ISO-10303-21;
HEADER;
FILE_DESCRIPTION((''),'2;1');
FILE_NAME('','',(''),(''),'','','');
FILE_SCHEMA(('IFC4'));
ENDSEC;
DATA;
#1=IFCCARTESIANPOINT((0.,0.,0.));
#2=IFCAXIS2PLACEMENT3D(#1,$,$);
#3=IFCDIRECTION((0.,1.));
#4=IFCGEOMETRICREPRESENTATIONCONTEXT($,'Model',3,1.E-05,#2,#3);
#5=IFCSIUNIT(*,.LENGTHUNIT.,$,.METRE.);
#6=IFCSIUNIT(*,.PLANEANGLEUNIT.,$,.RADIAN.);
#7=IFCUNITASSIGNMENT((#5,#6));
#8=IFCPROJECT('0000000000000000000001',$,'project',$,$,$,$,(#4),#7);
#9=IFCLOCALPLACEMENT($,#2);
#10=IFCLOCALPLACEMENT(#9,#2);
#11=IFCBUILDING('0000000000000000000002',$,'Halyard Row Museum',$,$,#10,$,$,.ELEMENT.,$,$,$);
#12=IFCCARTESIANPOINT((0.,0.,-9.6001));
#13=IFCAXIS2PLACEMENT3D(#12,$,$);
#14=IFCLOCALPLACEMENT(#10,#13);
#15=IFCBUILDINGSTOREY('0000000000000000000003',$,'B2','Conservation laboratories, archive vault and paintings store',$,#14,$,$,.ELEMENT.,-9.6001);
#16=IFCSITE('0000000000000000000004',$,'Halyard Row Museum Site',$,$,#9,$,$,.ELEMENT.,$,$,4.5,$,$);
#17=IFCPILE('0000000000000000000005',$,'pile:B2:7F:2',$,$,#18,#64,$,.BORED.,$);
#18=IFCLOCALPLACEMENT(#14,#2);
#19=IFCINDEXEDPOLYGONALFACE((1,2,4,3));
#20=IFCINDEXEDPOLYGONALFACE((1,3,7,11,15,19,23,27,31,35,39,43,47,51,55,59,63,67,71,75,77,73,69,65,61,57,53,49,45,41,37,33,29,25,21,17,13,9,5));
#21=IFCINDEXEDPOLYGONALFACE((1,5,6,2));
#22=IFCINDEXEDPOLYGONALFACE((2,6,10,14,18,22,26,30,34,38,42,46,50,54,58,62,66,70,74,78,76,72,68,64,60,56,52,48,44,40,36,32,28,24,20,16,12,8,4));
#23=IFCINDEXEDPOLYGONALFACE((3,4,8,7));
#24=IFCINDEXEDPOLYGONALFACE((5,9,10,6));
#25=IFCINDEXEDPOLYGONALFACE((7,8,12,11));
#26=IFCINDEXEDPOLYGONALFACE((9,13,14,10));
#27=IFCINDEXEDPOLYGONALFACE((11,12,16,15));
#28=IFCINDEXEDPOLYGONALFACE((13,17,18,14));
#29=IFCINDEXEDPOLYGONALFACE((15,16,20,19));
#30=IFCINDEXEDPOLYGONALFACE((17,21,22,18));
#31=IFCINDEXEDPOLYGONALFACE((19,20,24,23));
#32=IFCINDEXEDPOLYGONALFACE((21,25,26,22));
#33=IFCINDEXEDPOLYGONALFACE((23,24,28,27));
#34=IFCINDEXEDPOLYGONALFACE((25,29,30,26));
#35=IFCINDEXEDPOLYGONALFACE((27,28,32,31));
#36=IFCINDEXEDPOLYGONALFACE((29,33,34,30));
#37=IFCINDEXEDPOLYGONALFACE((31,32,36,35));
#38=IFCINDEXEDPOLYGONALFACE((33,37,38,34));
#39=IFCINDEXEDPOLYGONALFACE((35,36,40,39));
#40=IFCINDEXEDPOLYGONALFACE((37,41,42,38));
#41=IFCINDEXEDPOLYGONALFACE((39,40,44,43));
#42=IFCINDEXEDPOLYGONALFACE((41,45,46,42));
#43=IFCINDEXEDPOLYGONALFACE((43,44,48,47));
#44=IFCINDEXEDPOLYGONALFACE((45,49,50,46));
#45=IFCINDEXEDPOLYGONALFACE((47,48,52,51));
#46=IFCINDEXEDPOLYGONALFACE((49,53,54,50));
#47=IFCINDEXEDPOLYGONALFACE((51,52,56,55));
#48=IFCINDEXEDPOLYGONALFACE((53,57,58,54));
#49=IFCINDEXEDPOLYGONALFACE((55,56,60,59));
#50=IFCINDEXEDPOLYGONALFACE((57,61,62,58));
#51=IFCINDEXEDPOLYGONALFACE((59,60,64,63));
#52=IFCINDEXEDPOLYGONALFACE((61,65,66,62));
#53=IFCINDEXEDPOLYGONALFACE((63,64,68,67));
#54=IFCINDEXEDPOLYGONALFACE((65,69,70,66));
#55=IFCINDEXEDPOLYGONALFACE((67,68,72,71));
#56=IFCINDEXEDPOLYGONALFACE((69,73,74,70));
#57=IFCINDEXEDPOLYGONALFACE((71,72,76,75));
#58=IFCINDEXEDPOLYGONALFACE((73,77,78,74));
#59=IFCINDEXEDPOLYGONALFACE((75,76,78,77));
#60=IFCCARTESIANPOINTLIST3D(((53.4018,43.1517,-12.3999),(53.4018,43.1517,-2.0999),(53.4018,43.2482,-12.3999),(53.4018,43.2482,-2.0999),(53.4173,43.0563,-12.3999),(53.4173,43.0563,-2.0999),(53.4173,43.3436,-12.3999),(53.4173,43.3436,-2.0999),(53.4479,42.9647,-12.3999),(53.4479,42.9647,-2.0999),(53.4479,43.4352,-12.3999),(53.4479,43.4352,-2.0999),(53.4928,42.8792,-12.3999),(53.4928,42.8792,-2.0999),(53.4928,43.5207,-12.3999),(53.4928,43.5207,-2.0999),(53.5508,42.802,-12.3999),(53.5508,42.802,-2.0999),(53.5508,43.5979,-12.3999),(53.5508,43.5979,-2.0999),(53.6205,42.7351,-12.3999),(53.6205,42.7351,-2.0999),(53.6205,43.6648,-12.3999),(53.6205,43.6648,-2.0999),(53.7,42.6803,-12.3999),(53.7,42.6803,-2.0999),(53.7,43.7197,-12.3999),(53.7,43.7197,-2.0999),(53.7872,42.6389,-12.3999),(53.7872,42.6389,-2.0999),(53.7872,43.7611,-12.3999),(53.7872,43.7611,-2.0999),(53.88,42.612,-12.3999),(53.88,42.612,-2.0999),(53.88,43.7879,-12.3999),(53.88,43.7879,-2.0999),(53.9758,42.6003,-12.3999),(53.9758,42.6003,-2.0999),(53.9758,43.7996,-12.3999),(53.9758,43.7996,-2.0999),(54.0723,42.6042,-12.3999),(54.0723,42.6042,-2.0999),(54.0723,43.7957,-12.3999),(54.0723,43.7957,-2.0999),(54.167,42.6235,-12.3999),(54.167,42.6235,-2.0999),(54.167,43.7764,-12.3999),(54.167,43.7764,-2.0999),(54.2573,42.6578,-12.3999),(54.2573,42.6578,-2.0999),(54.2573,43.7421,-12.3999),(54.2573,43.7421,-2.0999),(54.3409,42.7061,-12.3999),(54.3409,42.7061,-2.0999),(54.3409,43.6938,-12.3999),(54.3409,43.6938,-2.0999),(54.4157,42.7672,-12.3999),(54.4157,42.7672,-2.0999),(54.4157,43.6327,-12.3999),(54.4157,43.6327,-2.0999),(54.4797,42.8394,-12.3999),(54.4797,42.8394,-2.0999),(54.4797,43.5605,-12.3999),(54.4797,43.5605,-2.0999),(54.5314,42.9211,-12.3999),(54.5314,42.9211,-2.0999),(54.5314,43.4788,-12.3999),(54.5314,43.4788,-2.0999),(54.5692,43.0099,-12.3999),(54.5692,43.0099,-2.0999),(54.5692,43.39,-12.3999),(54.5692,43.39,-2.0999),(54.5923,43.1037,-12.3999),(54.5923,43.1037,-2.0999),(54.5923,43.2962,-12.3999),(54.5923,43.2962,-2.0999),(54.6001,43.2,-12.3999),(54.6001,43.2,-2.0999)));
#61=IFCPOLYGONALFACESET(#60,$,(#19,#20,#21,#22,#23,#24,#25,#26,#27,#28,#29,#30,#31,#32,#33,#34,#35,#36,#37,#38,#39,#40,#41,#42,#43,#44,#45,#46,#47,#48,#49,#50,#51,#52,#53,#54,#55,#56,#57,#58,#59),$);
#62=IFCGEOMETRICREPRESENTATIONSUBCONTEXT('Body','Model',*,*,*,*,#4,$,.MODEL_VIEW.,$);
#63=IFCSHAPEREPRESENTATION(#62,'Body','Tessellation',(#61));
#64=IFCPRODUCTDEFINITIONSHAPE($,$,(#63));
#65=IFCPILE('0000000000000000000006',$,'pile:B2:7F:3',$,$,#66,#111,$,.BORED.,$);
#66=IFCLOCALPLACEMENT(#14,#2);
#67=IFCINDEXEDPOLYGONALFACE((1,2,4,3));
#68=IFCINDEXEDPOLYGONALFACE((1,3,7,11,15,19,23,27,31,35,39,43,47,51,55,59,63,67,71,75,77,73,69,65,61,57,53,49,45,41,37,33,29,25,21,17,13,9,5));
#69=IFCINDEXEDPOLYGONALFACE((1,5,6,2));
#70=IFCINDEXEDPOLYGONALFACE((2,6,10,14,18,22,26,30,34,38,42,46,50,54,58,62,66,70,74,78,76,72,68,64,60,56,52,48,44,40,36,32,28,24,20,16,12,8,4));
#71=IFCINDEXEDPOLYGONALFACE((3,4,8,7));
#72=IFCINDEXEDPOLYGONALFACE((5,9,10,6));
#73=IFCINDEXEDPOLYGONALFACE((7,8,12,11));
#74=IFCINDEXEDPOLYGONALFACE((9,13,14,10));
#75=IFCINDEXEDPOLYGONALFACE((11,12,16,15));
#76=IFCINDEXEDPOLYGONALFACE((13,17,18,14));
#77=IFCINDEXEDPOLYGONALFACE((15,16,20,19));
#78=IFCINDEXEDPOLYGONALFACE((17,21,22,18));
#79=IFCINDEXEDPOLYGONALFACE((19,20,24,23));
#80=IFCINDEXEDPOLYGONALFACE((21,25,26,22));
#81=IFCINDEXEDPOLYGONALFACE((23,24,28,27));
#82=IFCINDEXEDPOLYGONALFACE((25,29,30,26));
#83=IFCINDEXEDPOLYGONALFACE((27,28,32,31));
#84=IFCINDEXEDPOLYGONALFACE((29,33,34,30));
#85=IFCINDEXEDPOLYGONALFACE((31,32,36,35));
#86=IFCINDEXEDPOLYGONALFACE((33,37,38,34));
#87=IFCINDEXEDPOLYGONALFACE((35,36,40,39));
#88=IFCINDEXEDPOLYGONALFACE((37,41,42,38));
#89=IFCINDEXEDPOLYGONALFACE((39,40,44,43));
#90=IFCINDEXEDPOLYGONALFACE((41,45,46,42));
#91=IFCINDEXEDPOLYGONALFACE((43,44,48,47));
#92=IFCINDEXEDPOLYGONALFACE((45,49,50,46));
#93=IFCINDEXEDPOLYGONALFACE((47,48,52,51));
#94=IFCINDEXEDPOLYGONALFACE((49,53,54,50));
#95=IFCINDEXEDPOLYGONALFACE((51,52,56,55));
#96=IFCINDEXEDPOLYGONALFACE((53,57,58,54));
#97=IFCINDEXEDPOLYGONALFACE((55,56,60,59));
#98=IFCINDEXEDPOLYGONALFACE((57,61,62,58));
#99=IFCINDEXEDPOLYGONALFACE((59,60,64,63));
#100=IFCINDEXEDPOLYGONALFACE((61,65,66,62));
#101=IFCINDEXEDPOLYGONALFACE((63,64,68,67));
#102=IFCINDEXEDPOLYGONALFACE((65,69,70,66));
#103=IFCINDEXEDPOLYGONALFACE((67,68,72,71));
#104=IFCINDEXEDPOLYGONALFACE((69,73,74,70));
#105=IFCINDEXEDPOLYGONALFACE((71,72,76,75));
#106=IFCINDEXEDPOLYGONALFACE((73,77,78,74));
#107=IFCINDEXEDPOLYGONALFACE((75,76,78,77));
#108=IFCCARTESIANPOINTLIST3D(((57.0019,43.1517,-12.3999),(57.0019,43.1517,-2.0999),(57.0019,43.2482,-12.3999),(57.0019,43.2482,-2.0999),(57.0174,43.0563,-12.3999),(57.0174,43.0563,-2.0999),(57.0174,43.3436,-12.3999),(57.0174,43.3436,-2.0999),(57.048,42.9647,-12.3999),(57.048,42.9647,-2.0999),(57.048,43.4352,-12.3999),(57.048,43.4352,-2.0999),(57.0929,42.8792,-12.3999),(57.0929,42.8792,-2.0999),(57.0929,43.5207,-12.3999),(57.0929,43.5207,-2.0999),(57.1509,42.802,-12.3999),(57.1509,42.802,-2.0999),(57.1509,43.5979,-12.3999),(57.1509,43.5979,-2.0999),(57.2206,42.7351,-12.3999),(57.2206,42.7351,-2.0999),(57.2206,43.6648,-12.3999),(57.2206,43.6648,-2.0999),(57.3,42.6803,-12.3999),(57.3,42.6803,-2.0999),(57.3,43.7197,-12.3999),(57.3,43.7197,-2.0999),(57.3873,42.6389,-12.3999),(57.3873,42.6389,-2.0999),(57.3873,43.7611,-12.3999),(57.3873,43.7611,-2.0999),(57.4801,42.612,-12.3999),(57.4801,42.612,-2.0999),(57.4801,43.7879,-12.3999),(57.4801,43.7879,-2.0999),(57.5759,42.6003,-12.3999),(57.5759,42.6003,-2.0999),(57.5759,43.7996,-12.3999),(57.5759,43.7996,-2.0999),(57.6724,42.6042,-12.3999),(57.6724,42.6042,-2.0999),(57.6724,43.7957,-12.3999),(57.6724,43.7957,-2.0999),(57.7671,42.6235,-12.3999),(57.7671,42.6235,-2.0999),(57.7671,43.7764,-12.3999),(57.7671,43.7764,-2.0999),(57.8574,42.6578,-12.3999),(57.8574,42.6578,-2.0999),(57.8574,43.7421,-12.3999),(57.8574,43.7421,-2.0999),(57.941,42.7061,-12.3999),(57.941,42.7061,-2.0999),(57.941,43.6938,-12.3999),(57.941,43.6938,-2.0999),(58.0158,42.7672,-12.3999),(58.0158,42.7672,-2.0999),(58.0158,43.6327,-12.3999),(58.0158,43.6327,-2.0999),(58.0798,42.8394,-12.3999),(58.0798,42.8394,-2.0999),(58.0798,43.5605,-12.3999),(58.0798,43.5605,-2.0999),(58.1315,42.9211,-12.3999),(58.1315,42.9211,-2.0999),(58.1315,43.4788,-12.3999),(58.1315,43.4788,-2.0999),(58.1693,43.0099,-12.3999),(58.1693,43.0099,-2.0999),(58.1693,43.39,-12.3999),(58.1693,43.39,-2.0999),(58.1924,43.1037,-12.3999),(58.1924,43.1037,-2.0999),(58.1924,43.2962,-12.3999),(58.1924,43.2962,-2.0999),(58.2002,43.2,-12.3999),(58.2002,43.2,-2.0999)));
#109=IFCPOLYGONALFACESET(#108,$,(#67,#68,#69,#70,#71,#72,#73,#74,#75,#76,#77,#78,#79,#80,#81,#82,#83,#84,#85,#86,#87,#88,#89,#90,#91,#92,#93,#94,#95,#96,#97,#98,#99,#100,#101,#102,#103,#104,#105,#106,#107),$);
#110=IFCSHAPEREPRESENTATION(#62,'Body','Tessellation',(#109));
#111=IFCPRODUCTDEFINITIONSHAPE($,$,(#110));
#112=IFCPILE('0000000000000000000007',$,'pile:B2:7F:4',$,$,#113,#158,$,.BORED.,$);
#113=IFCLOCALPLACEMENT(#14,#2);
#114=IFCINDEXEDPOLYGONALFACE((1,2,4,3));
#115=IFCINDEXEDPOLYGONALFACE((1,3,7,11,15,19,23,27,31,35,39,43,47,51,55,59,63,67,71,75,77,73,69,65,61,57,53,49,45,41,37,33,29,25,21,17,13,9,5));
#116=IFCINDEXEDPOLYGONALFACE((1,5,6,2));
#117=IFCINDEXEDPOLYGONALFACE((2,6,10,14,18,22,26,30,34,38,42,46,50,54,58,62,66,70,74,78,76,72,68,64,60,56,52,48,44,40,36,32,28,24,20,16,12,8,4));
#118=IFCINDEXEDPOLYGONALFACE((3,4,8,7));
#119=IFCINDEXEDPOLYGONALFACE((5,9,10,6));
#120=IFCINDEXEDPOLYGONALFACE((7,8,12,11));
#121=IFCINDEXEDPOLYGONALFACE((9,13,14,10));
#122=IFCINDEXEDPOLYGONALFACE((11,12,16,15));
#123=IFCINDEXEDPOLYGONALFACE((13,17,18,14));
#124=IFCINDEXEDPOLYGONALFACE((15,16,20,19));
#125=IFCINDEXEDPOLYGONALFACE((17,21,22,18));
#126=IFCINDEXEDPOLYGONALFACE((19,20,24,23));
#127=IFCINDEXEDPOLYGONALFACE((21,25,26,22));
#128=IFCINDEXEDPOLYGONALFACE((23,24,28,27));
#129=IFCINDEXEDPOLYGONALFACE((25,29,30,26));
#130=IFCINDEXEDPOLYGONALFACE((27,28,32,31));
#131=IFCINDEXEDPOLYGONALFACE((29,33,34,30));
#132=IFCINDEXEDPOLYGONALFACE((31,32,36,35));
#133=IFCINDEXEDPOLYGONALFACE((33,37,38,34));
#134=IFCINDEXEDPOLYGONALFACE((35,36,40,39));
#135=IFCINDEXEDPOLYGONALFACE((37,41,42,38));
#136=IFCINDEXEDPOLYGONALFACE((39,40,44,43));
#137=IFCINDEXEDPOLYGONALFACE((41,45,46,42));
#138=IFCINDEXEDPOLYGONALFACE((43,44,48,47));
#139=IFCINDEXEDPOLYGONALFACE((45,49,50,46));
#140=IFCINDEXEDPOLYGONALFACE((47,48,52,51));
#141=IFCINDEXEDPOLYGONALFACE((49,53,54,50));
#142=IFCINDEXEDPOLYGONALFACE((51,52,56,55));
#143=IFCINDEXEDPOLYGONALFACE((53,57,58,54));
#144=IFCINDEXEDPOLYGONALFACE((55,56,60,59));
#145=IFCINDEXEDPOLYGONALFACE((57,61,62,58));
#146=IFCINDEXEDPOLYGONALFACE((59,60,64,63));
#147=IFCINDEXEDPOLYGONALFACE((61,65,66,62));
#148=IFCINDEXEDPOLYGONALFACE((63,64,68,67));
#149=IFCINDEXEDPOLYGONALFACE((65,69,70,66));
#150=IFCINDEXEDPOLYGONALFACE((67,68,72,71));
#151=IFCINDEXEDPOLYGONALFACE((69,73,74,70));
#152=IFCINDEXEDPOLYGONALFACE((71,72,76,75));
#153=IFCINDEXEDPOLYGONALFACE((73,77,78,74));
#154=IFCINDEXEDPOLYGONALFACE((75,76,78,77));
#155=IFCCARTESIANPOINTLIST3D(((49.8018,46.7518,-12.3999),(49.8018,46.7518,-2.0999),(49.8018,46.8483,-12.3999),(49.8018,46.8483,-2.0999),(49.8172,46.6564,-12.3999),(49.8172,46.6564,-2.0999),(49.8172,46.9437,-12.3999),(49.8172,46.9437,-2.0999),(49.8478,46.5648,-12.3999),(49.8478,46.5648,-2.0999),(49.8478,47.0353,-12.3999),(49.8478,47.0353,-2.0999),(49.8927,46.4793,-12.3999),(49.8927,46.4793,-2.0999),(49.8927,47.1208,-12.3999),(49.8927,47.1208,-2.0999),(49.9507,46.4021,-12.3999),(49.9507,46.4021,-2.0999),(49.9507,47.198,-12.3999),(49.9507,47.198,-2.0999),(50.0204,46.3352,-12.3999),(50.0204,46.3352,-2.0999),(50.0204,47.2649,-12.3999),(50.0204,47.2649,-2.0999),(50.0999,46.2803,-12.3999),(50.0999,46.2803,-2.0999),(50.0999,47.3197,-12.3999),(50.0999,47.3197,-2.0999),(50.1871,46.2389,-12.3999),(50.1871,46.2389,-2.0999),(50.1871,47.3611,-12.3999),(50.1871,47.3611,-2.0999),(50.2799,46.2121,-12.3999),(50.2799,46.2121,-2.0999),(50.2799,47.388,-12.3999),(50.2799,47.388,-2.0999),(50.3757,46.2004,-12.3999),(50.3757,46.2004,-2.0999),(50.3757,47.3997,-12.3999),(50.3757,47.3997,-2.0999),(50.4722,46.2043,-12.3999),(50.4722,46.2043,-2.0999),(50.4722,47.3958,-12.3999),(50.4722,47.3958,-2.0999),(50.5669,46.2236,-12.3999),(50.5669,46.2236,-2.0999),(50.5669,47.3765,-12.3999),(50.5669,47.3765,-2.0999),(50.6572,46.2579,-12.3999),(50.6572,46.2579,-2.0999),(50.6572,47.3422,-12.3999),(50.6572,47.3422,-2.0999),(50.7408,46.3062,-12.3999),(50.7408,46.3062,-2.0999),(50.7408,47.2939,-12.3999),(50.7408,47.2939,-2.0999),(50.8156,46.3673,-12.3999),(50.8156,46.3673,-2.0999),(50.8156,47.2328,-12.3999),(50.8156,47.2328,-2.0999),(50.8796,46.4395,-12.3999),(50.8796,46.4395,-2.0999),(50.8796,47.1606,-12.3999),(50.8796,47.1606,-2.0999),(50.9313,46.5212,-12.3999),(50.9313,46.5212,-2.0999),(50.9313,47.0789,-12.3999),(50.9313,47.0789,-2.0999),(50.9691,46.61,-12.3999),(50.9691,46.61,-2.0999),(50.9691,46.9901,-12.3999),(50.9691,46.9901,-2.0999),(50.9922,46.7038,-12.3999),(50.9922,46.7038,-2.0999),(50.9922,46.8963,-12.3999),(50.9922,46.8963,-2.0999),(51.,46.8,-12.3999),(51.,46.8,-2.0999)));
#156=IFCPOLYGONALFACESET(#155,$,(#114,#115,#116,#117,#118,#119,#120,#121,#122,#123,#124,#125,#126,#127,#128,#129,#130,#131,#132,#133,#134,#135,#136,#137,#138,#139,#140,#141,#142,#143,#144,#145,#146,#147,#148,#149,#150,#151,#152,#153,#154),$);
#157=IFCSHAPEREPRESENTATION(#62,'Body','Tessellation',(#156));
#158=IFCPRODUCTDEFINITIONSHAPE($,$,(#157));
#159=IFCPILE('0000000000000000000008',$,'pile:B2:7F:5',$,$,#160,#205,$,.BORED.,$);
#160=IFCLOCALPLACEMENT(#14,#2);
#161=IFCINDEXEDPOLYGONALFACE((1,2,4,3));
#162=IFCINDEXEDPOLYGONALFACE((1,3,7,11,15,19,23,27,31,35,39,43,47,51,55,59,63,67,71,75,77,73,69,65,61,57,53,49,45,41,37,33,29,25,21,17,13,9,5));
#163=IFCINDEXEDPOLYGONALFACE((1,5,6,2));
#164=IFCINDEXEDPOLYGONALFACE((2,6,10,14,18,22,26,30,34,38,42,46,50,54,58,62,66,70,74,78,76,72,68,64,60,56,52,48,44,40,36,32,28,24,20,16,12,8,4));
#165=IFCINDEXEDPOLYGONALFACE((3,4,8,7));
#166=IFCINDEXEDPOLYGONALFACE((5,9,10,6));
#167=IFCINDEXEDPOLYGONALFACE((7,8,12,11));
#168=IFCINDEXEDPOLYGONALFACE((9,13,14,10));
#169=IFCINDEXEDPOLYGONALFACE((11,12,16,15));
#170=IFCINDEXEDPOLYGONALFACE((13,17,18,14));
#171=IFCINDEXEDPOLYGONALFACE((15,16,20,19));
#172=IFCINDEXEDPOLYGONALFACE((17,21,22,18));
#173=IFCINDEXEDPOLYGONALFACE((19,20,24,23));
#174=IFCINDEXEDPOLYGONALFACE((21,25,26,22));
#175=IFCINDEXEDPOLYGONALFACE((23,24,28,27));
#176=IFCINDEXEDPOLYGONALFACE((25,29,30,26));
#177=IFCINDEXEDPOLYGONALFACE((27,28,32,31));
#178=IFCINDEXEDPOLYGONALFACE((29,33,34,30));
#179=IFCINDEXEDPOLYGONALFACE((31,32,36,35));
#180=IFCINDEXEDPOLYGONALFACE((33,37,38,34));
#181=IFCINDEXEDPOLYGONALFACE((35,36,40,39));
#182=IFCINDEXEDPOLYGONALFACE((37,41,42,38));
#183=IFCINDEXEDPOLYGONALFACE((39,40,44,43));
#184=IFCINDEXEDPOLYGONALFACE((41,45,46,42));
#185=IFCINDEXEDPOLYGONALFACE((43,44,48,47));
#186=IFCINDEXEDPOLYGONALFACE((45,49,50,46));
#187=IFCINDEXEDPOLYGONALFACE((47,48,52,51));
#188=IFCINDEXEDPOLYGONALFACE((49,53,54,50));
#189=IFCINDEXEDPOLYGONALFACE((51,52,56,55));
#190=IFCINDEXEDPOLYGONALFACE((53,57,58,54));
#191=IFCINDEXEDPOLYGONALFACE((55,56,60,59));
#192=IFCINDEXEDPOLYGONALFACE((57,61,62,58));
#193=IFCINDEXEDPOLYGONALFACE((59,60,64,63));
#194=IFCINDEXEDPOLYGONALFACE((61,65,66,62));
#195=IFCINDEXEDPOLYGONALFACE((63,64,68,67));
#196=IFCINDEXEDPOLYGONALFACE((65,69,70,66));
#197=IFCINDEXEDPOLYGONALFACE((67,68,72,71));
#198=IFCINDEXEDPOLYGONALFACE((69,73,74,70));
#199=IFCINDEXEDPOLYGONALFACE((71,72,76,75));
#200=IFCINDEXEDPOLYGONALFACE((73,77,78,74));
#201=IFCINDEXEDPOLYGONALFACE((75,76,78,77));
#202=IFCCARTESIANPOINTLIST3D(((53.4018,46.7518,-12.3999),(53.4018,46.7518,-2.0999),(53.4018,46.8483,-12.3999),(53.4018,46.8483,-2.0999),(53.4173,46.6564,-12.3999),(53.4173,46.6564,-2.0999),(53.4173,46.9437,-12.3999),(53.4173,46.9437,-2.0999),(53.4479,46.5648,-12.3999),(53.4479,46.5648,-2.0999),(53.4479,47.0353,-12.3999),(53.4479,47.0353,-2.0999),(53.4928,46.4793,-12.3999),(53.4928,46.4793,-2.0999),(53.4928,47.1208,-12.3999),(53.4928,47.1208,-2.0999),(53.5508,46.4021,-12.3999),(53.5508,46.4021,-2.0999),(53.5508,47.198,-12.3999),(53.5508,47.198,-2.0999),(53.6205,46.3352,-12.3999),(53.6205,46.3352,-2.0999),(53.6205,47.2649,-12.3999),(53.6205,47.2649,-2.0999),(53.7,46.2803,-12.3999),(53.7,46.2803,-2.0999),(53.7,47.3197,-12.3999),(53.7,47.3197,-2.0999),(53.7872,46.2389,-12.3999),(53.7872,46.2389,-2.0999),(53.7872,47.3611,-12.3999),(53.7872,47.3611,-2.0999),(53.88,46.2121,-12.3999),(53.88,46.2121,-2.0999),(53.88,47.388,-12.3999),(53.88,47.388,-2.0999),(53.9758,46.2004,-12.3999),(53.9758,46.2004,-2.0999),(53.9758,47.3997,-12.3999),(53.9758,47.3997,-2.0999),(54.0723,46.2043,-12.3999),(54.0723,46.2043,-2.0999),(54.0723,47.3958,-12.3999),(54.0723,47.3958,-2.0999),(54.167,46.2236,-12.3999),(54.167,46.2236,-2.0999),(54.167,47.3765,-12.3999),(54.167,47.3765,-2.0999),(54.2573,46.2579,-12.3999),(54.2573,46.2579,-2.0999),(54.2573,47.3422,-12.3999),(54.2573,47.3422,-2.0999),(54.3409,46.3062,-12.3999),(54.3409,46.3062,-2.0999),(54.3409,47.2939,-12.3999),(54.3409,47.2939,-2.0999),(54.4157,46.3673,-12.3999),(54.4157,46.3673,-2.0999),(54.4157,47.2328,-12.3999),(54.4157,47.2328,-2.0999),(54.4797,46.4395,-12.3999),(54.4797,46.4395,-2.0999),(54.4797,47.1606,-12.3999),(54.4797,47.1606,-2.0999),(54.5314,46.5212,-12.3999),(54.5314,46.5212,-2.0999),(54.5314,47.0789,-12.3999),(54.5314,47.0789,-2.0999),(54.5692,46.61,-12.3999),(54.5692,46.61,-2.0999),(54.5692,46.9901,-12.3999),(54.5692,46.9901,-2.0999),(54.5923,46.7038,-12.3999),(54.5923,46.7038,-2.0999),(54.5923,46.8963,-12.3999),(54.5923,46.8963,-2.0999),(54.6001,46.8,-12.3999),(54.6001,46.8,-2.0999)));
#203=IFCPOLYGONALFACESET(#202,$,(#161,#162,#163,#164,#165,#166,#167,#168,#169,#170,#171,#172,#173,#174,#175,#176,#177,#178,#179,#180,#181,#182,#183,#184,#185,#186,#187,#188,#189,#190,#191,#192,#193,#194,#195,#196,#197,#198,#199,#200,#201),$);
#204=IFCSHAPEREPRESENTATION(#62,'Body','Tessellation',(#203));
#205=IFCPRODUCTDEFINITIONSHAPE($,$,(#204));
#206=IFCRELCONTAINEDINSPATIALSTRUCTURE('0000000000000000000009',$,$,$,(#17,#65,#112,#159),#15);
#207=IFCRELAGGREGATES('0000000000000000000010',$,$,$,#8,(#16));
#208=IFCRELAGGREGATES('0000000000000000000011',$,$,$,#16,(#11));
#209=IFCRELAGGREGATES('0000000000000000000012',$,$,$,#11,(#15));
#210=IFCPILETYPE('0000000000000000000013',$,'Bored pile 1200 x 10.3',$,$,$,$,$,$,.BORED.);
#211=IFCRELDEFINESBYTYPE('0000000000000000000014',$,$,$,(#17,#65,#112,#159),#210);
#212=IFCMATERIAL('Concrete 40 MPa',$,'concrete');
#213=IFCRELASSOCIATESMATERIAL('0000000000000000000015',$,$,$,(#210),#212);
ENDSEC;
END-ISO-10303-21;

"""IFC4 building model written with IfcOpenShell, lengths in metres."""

from ifc_helpers import new_model, si_unit, direction, frame, origin, origin_2d, place, context, subcontext, project, spatial, circle, extrude, material, material_profile, profile_set, type_object, element, save


model = new_model("IFC4")

# Units and contexts
model_context = context("Model", 3, precision=1e-05, world=origin(), true_north=direction((0.0, 1.0)))
body_context = subcontext(model_context, "Body", "Model", "MODEL_VIEW")
ifc_project = project(units=[si_unit("LENGTHUNIT", "METRE"), si_unit("PLANEANGLEUNIT", "RADIAN")], contexts=[model_context])

# Site, building, storey
site_placement = place(None, origin())
site = spatial("IfcSite", under=ifc_project, at=site_placement, Name="Halyard Row Museum Site", CompositionType="ELEMENT", RefElevation=4.5)
building_placement = place(site_placement, origin())
building = spatial("IfcBuilding", under=site, at=building_placement, Name="Halyard Row Museum", CompositionType="ELEMENT")
storey_placement = place(building_placement, frame((0.0, 0.0, -9.6001)))
storey = spatial("IfcBuildingStorey", under=building, at=storey_placement, Name="B2", Description="Conservation laboratories, archive vault and paintings store", CompositionType="ELEMENT", Elevation=-9.6001)

# Piles
ifc_material_1 = material(Name="Concrete 40 MPa", Category="concrete")
ifc_material_profile_1 = material_profile(ifc_material_1, circle(Radius=0.6001, at=origin_2d()), Name="Bored pile 1200 x 10.3")
ifc_profile_set_1 = profile_set([ifc_material_profile_1], Name="Concrete 40 MPa")
pile_type_1 = type_object("IfcPileType", Name="Bored pile 1200 x 10.3", PredefinedType="BORED", material=ifc_profile_set_1)
for number, where, z_axis, x_axis, name in (
    (1, (54.0, 43.2, -2.0999), (0.0, 0.0, -1.0), (1.0, 0.0, 0.0), "pile:B2:7F:2"),
    (2, (57.6001, 43.2, -2.0999), (0.0, 0.0, -1.0), (1.0, 0.0, 0.0), "pile:B2:7F:3"),
    (3, (50.3999, 46.8, -2.0999), (0.0, 0.0, -1.0), (1.0, 0.0, 0.0), "pile:B2:7F:4"),
    (4, (54.0, 46.8, -2.0999), (0.0, 0.0, -1.0), (1.0, 0.0, 0.0), "pile:B2:7F:5"),
):
    element("IfcPile", number, at=place(storey_placement, frame(where, z_axis=z_axis, x_axis=x_axis)), inside=storey, type_object=pile_type_1, Name=name, PredefinedType="BORED", context=body_context, shape_type="SweptSolid", body=[
        extrude(circle(Radius=0.6001, at=origin_2d()), origin(), (0.0, 0.0, 1.0), 10.3),
    ])

save(model, "model.ifc")
